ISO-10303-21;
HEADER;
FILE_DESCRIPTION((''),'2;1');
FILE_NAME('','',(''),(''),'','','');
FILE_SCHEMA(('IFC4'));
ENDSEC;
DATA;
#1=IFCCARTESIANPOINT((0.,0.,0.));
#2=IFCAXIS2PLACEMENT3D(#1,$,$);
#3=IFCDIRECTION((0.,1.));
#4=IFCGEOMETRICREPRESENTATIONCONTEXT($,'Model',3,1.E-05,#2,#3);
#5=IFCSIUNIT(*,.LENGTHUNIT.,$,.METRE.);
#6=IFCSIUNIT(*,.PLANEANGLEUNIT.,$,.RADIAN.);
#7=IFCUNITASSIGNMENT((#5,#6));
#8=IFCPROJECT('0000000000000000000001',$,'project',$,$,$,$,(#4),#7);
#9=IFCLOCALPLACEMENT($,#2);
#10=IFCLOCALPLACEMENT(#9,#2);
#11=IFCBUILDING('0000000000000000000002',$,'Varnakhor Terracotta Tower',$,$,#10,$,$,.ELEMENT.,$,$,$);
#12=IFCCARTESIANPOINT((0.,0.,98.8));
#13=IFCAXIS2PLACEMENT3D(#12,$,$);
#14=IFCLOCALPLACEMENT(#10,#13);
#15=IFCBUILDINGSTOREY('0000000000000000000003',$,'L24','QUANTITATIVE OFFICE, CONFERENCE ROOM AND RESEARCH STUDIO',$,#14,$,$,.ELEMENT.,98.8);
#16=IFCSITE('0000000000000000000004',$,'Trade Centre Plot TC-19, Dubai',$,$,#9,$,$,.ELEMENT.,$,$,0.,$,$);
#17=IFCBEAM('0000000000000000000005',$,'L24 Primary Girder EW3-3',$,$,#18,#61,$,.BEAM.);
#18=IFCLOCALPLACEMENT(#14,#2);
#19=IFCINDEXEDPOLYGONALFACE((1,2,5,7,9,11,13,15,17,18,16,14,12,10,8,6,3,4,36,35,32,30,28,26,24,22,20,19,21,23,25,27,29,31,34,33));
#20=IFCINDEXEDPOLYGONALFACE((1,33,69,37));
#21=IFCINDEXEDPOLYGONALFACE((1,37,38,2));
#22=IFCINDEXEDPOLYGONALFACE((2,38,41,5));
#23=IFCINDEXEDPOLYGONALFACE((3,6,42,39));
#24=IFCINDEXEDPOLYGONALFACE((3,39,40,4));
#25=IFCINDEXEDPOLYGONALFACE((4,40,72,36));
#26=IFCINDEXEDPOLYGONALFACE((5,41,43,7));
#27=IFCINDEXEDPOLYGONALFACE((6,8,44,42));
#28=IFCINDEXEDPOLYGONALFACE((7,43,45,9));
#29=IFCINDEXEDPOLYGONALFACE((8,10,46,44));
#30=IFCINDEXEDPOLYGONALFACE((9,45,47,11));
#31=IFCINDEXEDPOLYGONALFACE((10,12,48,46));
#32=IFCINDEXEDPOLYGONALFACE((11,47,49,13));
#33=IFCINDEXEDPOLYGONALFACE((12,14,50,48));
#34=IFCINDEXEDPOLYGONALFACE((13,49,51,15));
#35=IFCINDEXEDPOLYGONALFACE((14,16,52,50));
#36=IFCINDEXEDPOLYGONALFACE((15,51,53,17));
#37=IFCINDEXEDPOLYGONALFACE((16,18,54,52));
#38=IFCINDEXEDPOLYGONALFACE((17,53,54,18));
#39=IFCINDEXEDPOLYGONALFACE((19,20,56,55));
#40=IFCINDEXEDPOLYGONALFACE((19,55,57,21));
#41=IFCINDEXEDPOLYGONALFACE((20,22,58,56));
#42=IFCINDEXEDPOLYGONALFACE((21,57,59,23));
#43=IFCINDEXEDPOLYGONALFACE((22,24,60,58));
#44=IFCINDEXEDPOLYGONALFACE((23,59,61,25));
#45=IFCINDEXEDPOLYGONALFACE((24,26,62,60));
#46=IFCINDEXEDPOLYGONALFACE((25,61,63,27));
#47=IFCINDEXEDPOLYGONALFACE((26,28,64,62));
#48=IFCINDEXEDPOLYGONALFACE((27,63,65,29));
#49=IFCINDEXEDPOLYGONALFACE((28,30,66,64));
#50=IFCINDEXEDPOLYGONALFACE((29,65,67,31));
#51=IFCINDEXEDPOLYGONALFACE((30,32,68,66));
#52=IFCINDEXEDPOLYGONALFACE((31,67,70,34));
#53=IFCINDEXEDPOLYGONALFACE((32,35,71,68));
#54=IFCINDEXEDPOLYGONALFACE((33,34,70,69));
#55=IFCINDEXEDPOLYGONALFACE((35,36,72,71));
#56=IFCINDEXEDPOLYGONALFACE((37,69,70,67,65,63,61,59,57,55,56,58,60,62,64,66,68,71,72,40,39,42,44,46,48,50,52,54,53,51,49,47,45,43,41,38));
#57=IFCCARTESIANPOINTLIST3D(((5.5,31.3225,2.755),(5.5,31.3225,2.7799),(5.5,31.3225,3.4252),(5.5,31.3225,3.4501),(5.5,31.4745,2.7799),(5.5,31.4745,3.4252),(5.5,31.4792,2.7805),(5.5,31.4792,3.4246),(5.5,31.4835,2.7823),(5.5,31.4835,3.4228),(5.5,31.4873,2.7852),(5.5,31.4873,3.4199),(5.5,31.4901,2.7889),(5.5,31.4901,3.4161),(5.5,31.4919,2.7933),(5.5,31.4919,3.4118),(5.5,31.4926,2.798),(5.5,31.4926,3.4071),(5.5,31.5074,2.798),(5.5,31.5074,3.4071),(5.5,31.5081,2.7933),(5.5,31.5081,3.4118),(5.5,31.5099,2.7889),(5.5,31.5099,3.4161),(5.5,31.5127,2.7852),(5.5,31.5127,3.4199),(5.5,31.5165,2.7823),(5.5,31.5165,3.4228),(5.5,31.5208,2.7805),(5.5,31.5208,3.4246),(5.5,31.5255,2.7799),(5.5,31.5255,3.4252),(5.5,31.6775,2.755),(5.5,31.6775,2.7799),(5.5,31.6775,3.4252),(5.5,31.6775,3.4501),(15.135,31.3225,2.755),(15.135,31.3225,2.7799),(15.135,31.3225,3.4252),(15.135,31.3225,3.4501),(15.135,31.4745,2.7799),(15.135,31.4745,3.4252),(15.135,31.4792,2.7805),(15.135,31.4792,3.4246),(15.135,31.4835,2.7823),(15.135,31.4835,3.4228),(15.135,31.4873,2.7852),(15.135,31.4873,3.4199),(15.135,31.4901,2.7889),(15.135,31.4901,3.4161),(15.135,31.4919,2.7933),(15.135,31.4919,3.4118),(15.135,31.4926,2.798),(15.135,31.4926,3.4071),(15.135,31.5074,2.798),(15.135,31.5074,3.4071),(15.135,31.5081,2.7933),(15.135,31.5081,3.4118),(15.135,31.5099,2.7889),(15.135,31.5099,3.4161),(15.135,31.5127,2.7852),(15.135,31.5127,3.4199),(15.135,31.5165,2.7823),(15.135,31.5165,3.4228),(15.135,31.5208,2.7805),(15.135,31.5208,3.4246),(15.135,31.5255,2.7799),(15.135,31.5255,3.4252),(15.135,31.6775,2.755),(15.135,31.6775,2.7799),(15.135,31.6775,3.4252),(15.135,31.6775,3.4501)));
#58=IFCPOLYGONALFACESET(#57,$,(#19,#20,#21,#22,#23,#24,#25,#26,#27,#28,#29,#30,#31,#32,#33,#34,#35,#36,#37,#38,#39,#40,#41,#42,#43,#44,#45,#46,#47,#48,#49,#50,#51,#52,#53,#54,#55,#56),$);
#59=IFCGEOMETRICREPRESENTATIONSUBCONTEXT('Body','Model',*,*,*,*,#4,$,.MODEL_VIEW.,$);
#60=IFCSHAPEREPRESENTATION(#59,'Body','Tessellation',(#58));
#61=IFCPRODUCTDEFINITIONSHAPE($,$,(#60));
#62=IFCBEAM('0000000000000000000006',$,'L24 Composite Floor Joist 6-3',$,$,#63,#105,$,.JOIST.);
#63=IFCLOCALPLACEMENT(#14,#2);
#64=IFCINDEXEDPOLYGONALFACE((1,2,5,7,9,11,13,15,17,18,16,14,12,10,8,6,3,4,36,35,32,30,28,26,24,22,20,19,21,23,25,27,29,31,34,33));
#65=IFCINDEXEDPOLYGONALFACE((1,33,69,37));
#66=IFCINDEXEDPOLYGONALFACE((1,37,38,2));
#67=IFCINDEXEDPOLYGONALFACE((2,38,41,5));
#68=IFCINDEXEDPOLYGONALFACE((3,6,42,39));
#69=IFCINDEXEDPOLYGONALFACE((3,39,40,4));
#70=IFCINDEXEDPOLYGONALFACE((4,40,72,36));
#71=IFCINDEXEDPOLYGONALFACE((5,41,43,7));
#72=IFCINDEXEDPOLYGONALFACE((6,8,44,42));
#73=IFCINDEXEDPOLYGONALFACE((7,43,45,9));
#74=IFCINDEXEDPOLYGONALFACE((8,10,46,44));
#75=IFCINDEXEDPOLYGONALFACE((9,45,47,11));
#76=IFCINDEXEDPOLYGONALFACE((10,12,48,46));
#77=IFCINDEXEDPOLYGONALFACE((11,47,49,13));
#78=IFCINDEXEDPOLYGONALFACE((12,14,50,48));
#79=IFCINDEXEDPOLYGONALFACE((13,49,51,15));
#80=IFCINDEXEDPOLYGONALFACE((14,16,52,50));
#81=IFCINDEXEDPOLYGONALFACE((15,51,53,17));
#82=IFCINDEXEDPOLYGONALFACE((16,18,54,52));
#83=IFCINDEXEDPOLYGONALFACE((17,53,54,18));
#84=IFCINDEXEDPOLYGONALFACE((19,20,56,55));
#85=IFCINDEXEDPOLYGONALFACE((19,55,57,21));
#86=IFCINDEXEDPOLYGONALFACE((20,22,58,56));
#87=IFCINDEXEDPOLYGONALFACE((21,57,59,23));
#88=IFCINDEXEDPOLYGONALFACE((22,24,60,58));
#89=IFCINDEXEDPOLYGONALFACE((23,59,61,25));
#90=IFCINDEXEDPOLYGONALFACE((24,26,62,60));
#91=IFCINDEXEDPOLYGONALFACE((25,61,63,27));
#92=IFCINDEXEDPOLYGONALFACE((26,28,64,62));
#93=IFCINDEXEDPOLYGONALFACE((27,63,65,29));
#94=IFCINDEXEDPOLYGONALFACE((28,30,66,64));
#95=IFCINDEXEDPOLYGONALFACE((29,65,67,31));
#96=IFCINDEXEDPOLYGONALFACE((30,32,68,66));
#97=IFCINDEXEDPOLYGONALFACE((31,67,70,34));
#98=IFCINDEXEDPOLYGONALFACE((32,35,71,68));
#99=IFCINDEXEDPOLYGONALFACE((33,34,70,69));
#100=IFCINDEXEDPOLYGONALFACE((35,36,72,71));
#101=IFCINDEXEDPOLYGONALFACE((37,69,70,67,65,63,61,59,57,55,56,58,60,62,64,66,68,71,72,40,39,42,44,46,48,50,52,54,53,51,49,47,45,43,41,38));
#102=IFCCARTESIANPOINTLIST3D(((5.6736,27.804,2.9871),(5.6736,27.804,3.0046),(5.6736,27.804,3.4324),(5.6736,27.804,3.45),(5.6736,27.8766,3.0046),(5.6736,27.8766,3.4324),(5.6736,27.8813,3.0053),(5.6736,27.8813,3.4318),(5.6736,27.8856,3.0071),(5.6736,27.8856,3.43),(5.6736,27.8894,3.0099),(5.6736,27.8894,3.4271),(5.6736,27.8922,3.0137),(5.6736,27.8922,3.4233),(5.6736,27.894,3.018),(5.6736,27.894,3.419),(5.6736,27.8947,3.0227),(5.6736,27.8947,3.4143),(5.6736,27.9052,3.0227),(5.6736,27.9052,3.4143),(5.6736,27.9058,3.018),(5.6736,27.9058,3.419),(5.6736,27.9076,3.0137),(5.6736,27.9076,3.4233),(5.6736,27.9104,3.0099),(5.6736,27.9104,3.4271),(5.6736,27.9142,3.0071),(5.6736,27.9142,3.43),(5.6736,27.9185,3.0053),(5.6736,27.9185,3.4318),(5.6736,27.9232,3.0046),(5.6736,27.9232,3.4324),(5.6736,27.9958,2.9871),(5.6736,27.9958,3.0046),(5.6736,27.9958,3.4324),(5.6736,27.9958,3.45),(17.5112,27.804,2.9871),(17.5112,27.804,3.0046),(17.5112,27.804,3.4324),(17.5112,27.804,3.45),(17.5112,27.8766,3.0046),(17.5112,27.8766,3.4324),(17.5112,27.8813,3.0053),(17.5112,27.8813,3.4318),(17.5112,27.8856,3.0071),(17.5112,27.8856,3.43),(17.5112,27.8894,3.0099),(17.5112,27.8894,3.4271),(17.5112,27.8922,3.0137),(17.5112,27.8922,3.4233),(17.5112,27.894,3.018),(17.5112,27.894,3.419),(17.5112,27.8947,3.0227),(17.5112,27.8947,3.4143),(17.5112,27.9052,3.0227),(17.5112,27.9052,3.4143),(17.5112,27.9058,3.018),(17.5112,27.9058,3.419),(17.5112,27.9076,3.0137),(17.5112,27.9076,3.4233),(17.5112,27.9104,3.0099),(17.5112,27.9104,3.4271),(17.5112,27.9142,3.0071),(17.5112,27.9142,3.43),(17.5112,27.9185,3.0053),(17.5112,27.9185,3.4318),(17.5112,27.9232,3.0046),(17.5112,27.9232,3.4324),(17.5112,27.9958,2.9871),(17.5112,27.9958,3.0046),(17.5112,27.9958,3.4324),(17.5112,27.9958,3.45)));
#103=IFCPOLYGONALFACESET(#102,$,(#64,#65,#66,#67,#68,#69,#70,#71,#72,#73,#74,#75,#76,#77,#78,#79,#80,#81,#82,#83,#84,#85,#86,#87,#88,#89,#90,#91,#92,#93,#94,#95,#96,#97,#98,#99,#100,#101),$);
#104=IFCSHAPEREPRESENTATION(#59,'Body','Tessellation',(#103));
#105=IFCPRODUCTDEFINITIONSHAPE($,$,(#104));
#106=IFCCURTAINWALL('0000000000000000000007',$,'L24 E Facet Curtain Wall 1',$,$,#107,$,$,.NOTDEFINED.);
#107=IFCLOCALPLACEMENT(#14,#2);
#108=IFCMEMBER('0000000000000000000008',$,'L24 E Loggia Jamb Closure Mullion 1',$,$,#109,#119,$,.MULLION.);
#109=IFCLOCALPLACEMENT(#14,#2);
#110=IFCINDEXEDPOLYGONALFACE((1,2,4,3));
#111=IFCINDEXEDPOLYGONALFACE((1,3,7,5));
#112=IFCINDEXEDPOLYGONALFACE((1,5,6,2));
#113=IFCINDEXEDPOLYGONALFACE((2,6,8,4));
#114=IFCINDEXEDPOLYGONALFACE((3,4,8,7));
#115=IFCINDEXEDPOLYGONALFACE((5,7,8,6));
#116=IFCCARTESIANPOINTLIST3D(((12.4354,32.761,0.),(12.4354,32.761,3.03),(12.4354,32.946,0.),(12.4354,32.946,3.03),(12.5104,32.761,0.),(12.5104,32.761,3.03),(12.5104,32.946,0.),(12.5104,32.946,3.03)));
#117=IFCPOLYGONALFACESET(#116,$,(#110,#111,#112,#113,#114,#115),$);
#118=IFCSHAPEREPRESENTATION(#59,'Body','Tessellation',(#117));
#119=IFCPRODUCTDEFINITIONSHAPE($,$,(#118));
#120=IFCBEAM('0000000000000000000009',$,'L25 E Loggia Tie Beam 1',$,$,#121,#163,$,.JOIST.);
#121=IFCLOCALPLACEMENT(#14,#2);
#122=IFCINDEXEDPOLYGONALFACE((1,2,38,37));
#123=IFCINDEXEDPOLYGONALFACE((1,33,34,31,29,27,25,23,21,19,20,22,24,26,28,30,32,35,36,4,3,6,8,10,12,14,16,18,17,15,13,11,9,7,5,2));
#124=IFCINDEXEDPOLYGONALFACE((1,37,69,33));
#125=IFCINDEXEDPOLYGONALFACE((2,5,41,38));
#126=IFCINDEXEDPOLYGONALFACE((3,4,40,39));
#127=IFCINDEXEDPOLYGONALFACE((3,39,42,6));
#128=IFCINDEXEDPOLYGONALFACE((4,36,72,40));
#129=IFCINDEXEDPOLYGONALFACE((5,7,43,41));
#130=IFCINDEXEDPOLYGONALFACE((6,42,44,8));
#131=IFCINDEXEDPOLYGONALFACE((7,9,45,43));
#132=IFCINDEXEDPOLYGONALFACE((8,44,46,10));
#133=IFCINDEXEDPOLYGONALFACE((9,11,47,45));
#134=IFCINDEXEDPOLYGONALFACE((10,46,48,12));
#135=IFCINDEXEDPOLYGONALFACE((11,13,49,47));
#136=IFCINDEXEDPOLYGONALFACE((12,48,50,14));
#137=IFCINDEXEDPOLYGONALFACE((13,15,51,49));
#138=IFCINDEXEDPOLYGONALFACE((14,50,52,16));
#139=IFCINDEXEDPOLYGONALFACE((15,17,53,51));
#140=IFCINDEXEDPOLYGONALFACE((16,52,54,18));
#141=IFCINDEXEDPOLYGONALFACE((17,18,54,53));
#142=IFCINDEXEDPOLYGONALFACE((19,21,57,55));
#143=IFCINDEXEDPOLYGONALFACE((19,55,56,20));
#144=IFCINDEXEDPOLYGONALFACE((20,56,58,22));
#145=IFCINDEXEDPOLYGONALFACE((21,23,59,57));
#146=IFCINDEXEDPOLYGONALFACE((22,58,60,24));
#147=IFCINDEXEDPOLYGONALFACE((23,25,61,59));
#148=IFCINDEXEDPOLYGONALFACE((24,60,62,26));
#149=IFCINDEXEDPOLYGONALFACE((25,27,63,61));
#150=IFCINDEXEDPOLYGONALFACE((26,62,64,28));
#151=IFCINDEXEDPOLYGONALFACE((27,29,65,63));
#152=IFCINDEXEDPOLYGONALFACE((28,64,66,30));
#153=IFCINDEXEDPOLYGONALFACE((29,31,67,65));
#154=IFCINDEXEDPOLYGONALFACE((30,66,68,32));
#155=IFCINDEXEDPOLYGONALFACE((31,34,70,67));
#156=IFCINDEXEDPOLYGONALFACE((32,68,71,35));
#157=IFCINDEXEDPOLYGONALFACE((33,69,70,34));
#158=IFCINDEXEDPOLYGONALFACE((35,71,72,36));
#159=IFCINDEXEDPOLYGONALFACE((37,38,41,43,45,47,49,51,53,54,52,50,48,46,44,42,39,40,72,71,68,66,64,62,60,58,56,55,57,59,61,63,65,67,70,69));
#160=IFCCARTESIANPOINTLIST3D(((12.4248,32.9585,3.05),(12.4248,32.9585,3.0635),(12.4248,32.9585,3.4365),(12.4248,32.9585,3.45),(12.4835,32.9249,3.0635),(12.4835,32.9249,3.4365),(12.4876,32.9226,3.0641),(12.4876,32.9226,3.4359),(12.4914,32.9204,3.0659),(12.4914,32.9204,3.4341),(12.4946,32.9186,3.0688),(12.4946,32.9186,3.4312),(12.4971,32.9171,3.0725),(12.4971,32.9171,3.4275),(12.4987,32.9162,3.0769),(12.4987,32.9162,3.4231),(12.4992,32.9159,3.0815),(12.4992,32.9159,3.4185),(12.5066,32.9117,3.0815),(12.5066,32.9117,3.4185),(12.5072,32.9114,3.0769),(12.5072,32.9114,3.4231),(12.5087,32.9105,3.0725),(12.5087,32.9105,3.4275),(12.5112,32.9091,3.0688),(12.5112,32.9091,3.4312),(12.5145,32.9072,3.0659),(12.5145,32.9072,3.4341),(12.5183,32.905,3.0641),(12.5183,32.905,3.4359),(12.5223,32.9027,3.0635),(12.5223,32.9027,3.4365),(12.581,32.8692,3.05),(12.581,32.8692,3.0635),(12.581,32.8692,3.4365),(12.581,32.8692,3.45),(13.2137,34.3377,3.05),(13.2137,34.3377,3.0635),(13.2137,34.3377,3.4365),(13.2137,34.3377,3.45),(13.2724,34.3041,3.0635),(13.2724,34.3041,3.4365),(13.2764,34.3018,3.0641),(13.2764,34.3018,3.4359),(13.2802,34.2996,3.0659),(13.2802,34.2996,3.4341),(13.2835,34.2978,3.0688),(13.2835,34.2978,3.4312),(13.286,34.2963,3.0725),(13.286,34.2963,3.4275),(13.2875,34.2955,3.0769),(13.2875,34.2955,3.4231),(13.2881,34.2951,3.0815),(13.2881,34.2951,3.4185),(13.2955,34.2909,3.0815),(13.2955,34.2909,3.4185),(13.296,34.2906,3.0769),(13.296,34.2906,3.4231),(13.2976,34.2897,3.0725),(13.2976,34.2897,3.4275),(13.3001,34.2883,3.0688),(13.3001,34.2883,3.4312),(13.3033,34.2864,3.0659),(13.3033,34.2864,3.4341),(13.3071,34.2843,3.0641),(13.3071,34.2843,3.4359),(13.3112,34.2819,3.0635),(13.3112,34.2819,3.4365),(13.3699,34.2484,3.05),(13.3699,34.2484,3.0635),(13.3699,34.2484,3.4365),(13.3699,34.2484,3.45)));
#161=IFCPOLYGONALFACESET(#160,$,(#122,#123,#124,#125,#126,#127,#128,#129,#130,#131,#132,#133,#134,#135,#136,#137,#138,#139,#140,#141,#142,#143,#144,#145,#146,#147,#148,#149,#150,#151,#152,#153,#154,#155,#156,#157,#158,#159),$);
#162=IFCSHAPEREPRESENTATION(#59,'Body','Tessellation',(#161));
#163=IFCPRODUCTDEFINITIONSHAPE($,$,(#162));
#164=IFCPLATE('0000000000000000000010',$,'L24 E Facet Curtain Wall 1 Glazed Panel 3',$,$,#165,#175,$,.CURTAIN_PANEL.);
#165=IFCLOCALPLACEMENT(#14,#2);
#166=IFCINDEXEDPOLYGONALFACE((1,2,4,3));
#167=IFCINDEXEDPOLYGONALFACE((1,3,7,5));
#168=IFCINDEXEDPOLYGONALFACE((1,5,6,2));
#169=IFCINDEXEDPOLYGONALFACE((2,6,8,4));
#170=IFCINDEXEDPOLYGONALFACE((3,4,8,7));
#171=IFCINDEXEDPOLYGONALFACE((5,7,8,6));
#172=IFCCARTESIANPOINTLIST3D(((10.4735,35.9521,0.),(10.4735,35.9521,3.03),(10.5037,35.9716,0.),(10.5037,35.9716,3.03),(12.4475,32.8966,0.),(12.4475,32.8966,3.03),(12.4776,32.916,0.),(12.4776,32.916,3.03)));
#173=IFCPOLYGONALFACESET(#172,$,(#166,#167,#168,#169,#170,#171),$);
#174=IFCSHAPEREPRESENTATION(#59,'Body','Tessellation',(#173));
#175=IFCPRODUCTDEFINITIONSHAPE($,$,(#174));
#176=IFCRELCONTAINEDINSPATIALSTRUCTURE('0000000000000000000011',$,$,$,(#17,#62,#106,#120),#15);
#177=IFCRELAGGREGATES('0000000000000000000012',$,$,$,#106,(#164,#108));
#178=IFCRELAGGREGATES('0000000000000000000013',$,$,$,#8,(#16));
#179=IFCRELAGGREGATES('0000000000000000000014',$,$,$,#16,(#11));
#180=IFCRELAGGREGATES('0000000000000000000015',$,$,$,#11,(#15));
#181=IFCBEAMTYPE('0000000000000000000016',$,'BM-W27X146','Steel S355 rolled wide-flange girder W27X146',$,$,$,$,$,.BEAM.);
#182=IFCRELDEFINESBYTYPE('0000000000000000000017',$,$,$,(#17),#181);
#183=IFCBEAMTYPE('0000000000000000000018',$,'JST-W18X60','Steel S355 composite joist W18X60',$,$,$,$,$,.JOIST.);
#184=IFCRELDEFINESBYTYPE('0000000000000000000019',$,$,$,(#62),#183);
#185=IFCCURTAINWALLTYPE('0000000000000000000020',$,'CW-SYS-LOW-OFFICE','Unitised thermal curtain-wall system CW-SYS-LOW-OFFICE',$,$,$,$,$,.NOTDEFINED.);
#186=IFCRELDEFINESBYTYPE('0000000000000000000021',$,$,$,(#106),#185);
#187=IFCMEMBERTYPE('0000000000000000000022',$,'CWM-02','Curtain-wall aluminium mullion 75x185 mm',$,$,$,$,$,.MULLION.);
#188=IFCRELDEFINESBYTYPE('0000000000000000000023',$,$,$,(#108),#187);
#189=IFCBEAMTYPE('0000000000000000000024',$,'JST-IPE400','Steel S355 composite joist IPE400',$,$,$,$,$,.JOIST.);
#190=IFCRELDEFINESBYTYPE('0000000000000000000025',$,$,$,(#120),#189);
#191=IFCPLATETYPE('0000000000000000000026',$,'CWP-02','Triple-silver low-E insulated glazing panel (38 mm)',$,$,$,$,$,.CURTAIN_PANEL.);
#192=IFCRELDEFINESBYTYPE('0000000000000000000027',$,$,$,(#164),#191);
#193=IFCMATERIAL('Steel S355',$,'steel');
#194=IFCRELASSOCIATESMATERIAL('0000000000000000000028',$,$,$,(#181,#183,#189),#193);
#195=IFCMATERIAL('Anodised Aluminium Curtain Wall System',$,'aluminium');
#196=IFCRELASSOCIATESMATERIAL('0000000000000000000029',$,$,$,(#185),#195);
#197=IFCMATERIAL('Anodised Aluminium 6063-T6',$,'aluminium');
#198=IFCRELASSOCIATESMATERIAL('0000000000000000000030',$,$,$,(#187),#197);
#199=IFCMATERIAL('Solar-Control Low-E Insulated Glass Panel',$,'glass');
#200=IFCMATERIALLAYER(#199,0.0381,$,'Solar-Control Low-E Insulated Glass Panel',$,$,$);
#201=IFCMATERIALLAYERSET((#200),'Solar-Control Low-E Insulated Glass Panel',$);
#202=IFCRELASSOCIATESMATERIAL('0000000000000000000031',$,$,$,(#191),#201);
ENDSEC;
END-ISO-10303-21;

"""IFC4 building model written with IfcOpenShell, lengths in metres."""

from ifc_helpers import new_model, si_unit, direction, frame, origin, origin_2d, place, context, subcontext, project, spatial, rectangle, i_section, extrude, source, transform, mapped, material, layer, layer_set, material_profile, profile_set, type_object, type_shapes, element, aggregate, save


model = new_model("IFC4")

# Units and contexts
model_context = context("Model", 3, precision=1e-05, world=origin(), true_north=direction((0.0, 1.0)))
body_context = subcontext(model_context, "Body", "Model", "MODEL_VIEW")
ifc_project = project(units=[si_unit("LENGTHUNIT", "METRE"), si_unit("PLANEANGLEUNIT", "RADIAN")], contexts=[model_context])

# Site, building, storey
site_placement = place(None, origin())
site = spatial("IfcSite", under=ifc_project, at=site_placement, Name="Trade Centre Plot TC-19, Dubai", CompositionType="ELEMENT", RefElevation=0.0)
building_placement = place(site_placement, origin())
building = spatial("IfcBuilding", under=site, at=building_placement, Name="Varnakhor Terracotta Tower", CompositionType="ELEMENT")
storey_placement = place(building_placement, frame((0.0, 0.0, 98.8)))
storey = spatial("IfcBuildingStorey", under=building, at=storey_placement, Name="L24", Description="QUANTITATIVE OFFICE, CONFERENCE ROOM AND RESEARCH STUDIO", CompositionType="ELEMENT", Elevation=98.8)

# Beams
ifc_material_1 = material(Name="Steel S355", Category="steel")
ifc_material_profile_1 = material_profile(ifc_material_1, i_section(OverallWidth=0.355, OverallDepth=0.6951, WebThickness=0.0149, FlangeThickness=0.0249, FilletRadius=0.0181, at=origin_2d()), Name="W27X146")
ifc_profile_set_1 = profile_set([ifc_material_profile_1], Name="Steel S355")
beam_type_1 = type_object("IfcBeamType", Name="BM-W27X146", Description="Steel S355 rolled wide-flange girder W27X146", PredefinedType="BEAM", material=ifc_profile_set_1)
shared_shape_1 = source(origin(), body_context, "Body", "SweptSolid", [
    extrude(i_section(OverallWidth=0.355, OverallDepth=0.6951, WebThickness=0.0149, FlangeThickness=0.0249, FilletRadius=0.0181, at=origin_2d()), origin(), (0.0, 0.0, 1.0), 9.635),
])
beam_1_placement = place(storey_placement, frame((5.5, 31.5, 3.1025), z_axis=(1.0, 0.0, 0.0), x_axis=(0.0, 1.0, 0.0)))
element("IfcBeam", 1, at=beam_1_placement, inside=storey, type_object=beam_type_1, Name="L24 Primary Girder EW3-3", PredefinedType="BEAM", context=body_context, shape_type="MappedRepresentation", body=[
    mapped(shared_shape_1, transform((0.0, 0.0, 0.0), scale=1.0)),
])
ifc_material_profile_2 = material_profile(ifc_material_1, i_section(OverallWidth=0.1919, OverallDepth=0.4629, WebThickness=0.0105, FlangeThickness=0.0176, FilletRadius=0.0181, at=origin_2d()), Name="W18X60")
ifc_profile_set_2 = profile_set([ifc_material_profile_2], Name="Steel S355")
beam_type_2 = type_object("IfcBeamType", Name="JST-W18X60", Description="Steel S355 composite joist W18X60", PredefinedType="JOIST", material=ifc_profile_set_2)
shared_shape_2 = source(origin(), body_context, "Body", "SweptSolid", [
    extrude(i_section(OverallWidth=0.1919, OverallDepth=0.4629, WebThickness=0.0105, FlangeThickness=0.0176, FilletRadius=0.0181, at=origin_2d()), origin(), (0.0, 0.0, 1.0), 11.8376),
])
beam_2_placement = place(storey_placement, frame((5.6736, 27.8999, 3.2185), z_axis=(1.0, 0.0, 0.0), x_axis=(0.0, 1.0, 0.0)))
element("IfcBeam", 2, at=beam_2_placement, inside=storey, type_object=beam_type_2, Name="L24 Composite Floor Joist 6-3", PredefinedType="JOIST", context=body_context, shape_type="MappedRepresentation", body=[
    mapped(shared_shape_2, transform((0.0, 0.0, 0.0), scale=1.0)),
])

# Curtain wall, member
ifc_material_2 = material(Name="Anodised Aluminium Curtain Wall System", Category="aluminium")
curtain_wall_type = type_object("IfcCurtainWallType", Name="CW-SYS-LOW-OFFICE", Description="Unitised thermal curtain-wall system CW-SYS-LOW-OFFICE", PredefinedType="NOTDEFINED", material=ifc_material_2)
curtain_wall_placement = place(storey_placement, origin())
curtain_wall = element("IfcCurtainWall", 3, at=curtain_wall_placement, inside=storey, type_object=curtain_wall_type, Name="L24 E Facet Curtain Wall 1", PredefinedType="NOTDEFINED")
ifc_material_3 = material(Name="Anodised Aluminium 6063-T6", Category="aluminium")
ifc_material_profile_3 = material_profile(ifc_material_3, rectangle(XDim=0.075, YDim=0.1851, at=origin_2d()), Name="ALU MULLION 75x185")
ifc_profile_set_3 = profile_set([ifc_material_profile_3], Name="Anodised Aluminium 6063-T6")
member_type = type_object("IfcMemberType", Name="CWM-02", Description="Curtain-wall aluminium mullion 75x185 mm", PredefinedType="MULLION", material=ifc_profile_set_3)
shared_shape_3 = source(origin(), body_context, "Body", "SweptSolid", [
    extrude(rectangle(XDim=0.075, YDim=0.1851, at=origin_2d()), origin(), (0.0, 0.0, 1.0), 3.03),
])
type_shapes(member_type, [shared_shape_3])
member_placement = place(storey_placement, frame((12.4729, 32.8535, 0.0), z_axis=(0.0, 0.0, 1.0), x_axis=(1.0, 0.0, 0.0)))
member = element("IfcMember", 4, at=member_placement, type_object=member_type, Name="L24 E Loggia Jamb Closure Mullion 1", PredefinedType="MULLION", context=body_context, shape_type="MappedRepresentation", body=[
    mapped(shared_shape_3, transform((0.0, 0.0, 0.0), scale=1.0)),
])

# Beam
ifc_material_profile_4 = material_profile(ifc_material_1, i_section(OverallWidth=0.1799, OverallDepth=0.3999, WebThickness=0.0085, FlangeThickness=0.0134, FilletRadius=0.0181, at=origin_2d()), Name="IPE400")
ifc_profile_set_4 = profile_set([ifc_material_profile_4], Name="Steel S355")
beam_type_3 = type_object("IfcBeamType", Name="JST-IPE400", Description="Steel S355 composite joist IPE400", PredefinedType="JOIST", material=ifc_profile_set_4)
shared_shape_4 = source(origin(), body_context, "Body", "SweptSolid", [
    extrude(i_section(OverallWidth=0.1799, OverallDepth=0.3999, WebThickness=0.0085, FlangeThickness=0.0134, FilletRadius=0.0181, at=origin_2d()), origin(), (0.0, 0.0, 1.0), 1.5889),
])
beam_3_placement = place(storey_placement, frame((12.5029, 32.9138, 3.25), z_axis=(0.496486, 0.868044, 0.0), x_axis=(-0.868044, 0.496486, 0.0)))
element("IfcBeam", 5, at=beam_3_placement, inside=storey, type_object=beam_type_3, Name="L25 E Loggia Tie Beam 1", PredefinedType="JOIST", context=body_context, shape_type="MappedRepresentation", body=[
    mapped(shared_shape_4, transform((0.0, 0.0, 0.0), scale=1.0)),
])

# Plate
ifc_material_4 = material(Name="Solar-Control Low-E Insulated Glass Panel", Category="glass")
ifc_layer_1 = layer(ifc_material_4, 0.0381, Name="Solar-Control Low-E Insulated Glass Panel")
ifc_layer_set_1 = layer_set([ifc_layer_1], Name="Solar-Control Low-E Insulated Glass Panel")
plate_type = type_object("IfcPlateType", Name="CWP-02", Description="Triple-silver low-E insulated glazing panel (38 mm)", PredefinedType="CURTAIN_PANEL", material=ifc_layer_set_1)
shared_shape_5 = source(origin(), body_context, "Body", "SweptSolid", [
    extrude(rectangle(XDim=3.6377, YDim=0.0359, at=origin_2d()), origin(), (0.0, 0.0, 1.0), 3.03),
])
plate_placement = place(storey_placement, frame((11.4756, 34.4341, 0.0), z_axis=(0.0, 0.0, 1.0), x_axis=(0.542632, -0.83997, 0.0)))
plate = element("IfcPlate", 6, at=plate_placement, type_object=plate_type, Name="L24 E Facet Curtain Wall 1 Glazed Panel 3", PredefinedType="CURTAIN_PANEL", context=body_context, shape_type="MappedRepresentation", body=[
    mapped(shared_shape_5, transform((0.0, 0.0, 0.0), scale=1.0)),
])
aggregate(curtain_wall, [plate, member])

save(model, "model.ifc")
